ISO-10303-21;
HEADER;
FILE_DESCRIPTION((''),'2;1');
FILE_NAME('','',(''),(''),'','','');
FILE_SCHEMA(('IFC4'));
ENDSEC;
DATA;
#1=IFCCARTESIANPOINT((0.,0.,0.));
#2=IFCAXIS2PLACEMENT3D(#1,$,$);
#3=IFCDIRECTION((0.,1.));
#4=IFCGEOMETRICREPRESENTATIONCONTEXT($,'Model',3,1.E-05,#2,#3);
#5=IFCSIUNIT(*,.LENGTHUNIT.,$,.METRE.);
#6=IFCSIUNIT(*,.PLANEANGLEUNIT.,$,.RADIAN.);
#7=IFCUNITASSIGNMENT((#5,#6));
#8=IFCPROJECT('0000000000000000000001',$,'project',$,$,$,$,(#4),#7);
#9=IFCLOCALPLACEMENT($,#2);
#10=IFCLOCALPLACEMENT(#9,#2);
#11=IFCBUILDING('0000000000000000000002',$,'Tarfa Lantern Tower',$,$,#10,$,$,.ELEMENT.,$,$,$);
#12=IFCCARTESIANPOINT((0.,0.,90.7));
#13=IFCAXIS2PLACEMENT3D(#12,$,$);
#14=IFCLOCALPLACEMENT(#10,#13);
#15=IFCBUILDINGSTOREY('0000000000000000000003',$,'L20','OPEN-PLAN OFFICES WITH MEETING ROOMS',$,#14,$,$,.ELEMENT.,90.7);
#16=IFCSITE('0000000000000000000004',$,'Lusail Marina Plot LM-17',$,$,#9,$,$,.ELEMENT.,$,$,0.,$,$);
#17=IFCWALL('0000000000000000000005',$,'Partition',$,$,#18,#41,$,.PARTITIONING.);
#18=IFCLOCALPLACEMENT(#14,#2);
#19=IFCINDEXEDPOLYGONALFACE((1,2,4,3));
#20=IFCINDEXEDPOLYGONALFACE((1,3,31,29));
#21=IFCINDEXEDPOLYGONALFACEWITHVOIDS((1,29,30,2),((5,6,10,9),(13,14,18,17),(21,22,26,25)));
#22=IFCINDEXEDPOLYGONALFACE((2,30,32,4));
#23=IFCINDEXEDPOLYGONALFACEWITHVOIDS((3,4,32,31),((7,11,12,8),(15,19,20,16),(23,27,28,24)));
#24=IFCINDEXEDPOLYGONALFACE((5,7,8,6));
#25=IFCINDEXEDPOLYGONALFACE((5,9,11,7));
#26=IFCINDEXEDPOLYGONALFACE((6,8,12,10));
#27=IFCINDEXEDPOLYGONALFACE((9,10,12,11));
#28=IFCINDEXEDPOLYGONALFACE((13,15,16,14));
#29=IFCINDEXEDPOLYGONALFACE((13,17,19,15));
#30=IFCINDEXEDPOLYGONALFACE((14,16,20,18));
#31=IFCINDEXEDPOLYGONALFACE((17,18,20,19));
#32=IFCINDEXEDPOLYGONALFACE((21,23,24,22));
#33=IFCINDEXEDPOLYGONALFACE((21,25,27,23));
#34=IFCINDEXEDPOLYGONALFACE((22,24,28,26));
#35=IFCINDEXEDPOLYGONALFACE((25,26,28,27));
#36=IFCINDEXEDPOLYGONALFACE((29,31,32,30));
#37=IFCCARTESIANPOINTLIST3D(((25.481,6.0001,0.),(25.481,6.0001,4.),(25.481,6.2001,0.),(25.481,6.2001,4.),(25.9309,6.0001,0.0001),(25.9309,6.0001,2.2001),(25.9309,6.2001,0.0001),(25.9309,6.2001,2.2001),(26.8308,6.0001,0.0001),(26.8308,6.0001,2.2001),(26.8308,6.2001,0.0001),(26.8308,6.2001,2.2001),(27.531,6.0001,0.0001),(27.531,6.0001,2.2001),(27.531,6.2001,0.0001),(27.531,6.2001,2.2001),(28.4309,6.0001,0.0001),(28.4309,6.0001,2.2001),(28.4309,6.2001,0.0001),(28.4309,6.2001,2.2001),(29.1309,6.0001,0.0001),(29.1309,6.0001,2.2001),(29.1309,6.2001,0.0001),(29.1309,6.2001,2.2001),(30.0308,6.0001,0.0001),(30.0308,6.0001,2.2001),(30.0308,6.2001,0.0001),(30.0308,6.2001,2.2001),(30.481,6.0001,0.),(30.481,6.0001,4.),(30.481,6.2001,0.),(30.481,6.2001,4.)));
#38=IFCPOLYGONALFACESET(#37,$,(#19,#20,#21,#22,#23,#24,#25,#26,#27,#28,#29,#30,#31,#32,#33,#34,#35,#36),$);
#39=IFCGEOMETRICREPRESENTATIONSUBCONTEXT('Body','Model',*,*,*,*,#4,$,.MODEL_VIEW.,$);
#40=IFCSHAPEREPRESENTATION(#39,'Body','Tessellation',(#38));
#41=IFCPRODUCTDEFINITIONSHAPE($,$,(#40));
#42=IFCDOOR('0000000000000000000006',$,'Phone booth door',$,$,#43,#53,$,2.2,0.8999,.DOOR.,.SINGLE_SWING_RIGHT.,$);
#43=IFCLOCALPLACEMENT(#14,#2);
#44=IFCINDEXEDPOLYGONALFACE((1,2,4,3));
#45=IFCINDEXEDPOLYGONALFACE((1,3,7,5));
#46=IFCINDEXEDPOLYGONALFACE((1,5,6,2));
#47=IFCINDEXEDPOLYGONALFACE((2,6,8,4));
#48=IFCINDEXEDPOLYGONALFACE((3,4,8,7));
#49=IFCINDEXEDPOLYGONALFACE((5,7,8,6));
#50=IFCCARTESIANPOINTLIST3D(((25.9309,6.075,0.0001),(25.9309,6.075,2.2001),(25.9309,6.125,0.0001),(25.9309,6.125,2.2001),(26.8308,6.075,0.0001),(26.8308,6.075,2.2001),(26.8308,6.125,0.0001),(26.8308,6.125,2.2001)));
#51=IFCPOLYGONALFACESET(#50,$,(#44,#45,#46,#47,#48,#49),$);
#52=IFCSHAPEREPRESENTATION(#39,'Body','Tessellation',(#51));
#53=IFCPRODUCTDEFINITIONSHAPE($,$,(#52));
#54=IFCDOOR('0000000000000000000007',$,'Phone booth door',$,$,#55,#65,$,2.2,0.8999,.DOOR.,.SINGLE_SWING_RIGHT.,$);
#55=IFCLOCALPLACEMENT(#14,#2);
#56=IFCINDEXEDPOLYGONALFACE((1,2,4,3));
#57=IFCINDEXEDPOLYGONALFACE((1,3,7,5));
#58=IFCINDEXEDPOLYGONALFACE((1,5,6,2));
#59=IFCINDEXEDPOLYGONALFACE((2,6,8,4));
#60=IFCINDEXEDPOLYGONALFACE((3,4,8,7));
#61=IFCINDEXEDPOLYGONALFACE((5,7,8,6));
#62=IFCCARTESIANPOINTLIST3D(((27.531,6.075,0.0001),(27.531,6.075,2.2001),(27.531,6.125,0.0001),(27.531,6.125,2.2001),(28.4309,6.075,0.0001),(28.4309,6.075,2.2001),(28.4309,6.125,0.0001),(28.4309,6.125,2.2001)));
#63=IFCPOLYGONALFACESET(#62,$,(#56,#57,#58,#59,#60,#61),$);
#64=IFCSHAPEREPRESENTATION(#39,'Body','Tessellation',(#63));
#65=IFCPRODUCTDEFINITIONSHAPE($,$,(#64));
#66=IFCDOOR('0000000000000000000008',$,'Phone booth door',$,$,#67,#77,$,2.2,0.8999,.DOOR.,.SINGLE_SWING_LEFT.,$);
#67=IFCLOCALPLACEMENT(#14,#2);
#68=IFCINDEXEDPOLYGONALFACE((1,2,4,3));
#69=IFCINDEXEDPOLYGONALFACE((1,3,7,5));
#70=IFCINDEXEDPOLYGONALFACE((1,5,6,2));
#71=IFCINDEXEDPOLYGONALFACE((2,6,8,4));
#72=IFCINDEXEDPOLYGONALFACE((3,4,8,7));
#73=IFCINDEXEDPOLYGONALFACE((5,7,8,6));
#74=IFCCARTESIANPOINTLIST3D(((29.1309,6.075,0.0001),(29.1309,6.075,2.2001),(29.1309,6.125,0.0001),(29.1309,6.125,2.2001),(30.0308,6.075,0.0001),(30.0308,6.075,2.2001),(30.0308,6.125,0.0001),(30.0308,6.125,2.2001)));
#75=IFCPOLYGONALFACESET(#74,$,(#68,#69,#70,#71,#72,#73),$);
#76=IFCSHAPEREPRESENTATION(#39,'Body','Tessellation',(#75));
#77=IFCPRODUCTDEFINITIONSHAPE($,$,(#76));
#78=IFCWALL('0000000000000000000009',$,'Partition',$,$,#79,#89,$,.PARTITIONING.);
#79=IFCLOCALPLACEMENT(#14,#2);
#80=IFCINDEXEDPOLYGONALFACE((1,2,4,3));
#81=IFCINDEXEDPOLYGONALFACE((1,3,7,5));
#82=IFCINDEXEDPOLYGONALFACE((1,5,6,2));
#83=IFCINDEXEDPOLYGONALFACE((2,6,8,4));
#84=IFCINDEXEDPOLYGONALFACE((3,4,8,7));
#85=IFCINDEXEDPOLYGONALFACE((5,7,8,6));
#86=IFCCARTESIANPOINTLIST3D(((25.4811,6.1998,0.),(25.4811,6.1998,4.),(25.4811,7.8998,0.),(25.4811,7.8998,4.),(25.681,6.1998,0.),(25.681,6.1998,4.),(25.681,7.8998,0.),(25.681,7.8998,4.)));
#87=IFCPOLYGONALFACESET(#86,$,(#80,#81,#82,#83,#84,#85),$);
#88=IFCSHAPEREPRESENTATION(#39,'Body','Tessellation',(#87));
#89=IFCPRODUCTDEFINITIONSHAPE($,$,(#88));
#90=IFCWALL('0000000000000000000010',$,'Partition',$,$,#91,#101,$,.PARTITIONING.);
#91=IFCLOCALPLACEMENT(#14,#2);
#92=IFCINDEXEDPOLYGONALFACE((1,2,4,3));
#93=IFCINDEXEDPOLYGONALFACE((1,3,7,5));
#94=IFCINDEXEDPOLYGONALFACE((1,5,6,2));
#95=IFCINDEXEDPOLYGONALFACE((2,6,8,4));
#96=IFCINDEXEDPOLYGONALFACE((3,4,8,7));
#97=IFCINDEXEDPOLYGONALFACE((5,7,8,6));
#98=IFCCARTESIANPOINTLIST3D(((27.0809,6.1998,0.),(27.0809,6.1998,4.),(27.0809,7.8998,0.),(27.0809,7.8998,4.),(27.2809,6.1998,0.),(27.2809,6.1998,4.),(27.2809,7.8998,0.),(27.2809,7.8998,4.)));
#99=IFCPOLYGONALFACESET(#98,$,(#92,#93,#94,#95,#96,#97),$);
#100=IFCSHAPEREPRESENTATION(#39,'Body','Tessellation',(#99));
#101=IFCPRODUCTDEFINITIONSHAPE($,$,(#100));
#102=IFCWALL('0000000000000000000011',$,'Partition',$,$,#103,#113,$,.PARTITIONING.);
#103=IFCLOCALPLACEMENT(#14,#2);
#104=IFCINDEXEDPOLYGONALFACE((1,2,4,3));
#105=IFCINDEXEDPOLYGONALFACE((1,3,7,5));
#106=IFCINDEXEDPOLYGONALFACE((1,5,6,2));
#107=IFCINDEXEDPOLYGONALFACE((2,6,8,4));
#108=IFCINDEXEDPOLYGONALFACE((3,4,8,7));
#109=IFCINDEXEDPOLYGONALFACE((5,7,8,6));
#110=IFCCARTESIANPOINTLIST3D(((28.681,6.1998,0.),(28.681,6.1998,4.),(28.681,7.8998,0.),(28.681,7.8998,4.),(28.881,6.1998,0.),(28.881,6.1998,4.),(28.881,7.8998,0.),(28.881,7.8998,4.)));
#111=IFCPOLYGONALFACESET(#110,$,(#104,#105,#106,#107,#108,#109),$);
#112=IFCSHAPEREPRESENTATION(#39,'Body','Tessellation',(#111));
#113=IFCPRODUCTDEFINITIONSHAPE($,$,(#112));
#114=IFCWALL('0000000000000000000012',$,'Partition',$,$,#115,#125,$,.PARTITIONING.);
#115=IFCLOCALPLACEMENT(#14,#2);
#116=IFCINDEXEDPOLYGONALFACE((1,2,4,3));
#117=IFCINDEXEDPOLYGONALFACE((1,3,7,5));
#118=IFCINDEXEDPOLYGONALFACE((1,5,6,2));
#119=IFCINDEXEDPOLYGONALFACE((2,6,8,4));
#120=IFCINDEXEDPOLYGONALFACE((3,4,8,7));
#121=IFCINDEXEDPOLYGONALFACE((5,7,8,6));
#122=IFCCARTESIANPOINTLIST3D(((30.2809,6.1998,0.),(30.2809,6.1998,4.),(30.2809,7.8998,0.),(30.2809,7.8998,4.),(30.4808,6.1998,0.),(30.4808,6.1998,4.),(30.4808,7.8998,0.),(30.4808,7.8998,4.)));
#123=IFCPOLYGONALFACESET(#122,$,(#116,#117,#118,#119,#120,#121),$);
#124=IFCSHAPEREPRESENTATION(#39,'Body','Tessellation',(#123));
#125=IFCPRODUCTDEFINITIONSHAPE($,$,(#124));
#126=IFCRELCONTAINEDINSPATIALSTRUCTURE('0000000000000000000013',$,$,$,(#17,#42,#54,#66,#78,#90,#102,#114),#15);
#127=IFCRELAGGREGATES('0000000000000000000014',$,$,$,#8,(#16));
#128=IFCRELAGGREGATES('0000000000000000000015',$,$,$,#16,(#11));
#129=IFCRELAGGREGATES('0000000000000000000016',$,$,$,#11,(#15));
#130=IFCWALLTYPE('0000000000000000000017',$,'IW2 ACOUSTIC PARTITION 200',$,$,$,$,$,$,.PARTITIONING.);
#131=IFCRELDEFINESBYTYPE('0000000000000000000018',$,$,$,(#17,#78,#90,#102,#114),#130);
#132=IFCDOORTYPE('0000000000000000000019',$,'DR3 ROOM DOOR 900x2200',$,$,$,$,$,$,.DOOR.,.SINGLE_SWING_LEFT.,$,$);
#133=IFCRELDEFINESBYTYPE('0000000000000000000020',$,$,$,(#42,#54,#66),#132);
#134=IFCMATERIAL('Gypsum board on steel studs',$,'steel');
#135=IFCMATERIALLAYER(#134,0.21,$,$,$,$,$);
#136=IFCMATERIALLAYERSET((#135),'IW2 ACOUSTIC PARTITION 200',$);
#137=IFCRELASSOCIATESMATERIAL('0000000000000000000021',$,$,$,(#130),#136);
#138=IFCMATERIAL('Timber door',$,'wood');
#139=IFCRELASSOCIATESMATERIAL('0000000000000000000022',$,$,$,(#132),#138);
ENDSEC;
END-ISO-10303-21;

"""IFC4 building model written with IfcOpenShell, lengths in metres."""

from ifc_helpers import new_model, si_unit, direction, frame, frame_2d, origin, place, context, subcontext, project, spatial, rectangle, extrude, material, layer, layer_set, type_object, element, fill, save


model = new_model("IFC4")

# Units and contexts
model_context = context("Model", 3, precision=1e-05, world=origin(), true_north=direction((0.0, 1.0)))
body_context = subcontext(model_context, "Body", "Model", "MODEL_VIEW")
ifc_project = project(units=[si_unit("LENGTHUNIT", "METRE"), si_unit("PLANEANGLEUNIT", "RADIAN")], contexts=[model_context])

# Site, building, storey
site_placement = place(None, origin())
site = spatial("IfcSite", under=ifc_project, at=site_placement, Name="Lusail Marina Plot LM-17", CompositionType="ELEMENT", RefElevation=0.0)
building_placement = place(site_placement, origin())
building = spatial("IfcBuilding", under=site, at=building_placement, Name="Tarfa Lantern Tower", CompositionType="ELEMENT")
storey_placement = place(building_placement, frame((0.0, 0.0, 90.7)))
storey = spatial("IfcBuildingStorey", under=building, at=storey_placement, Name="L20", Description="OPEN-PLAN OFFICES WITH MEETING ROOMS", CompositionType="ELEMENT", Elevation=90.7)

# Wall, openings, doors
ifc_material_1 = material(Name="Gypsum board on steel studs", Category="steel")
ifc_layer_1 = layer(ifc_material_1, 0.21)
ifc_layer_set_1 = layer_set([ifc_layer_1], Name="IW2 ACOUSTIC PARTITION 200")
wall_type = type_object("IfcWallType", Name="IW2 ACOUSTIC PARTITION 200", PredefinedType="PARTITIONING", material=ifc_layer_set_1)
wall_placement = place(storey_placement, frame((25.481, 6.1001, 0.0), z_axis=(0.0, 0.0, 1.0), x_axis=(1.0, 0.0, 0.0)))
wall = element("IfcWall", 1, at=wall_placement, inside=storey, type_object=wall_type, Name="Partition", PredefinedType="PARTITIONING", context=body_context, shape_type="SweptSolid", body=[
    extrude(rectangle(XDim=5.0, YDim=0.2, at=frame_2d((2.5, 0.0))), origin(), (0.0, 0.0, 1.0), 4.0),
])
opening_1_placement = place(wall_placement, frame((0.45, 0.0, 0.0)))
opening_1 = element("IfcOpeningElement", 2, at=opening_1_placement, cuts=wall, PredefinedType="OPENING", context=body_context, shape_type="SweptSolid", body=[
    extrude(rectangle(XDim=0.8999, YDim=2.2, at=frame_2d((0.45, 1.1001))), frame((0.0, 0.1099, 0.0), z_axis=(0.0, -1.0, 0.0), x_axis=(1.0, 0.0, 0.0)), (0.0, 0.0, 1.0), 0.22),
])
opening_2_placement = place(wall_placement, frame((2.05, 0.0, 0.0)))
opening_2 = element("IfcOpeningElement", 3, at=opening_2_placement, cuts=wall, PredefinedType="OPENING", context=body_context, shape_type="SweptSolid", body=[
    extrude(rectangle(XDim=0.8999, YDim=2.2, at=frame_2d((0.45, 1.1001))), frame((0.0, 0.1099, 0.0), z_axis=(0.0, -1.0, 0.0), x_axis=(1.0, 0.0, 0.0)), (0.0, 0.0, 1.0), 0.22),
])
opening_3_placement = place(wall_placement, frame((3.6499, 0.0, 0.0)))
opening_3 = element("IfcOpeningElement", 4, at=opening_3_placement, cuts=wall, PredefinedType="OPENING", context=body_context, shape_type="SweptSolid", body=[
    extrude(rectangle(XDim=0.8999, YDim=2.2, at=frame_2d((0.45, 1.1001))), frame((0.0, 0.1099, 0.0), z_axis=(0.0, -1.0, 0.0), x_axis=(1.0, 0.0, 0.0)), (0.0, 0.0, 1.0), 0.22),
])
ifc_material_2 = material(Name="Timber door", Category="wood")
door_type = type_object("IfcDoorType", Name="DR3 ROOM DOOR 900x2200", OperationType="SINGLE_SWING_LEFT", PredefinedType="DOOR", material=ifc_material_2)
door_1_placement = place(opening_1_placement, origin())
door_1 = element("IfcDoor", 5, at=door_1_placement, inside=storey, type_object=door_type, Name="Phone booth door", OperationType="SINGLE_SWING_RIGHT", OverallHeight=2.2, OverallWidth=0.8999, PredefinedType="DOOR", context=body_context, shape_type="SweptSolid", body=[
    extrude(rectangle(XDim=0.8999, YDim=2.2, at=frame_2d((0.45, 1.1001))), frame((0.0, 0.0249, 0.0), z_axis=(0.0, -1.0, 0.0), x_axis=(1.0, 0.0, 0.0)), (0.0, 0.0, 1.0), 0.05),
])
fill(opening_1, door_1)
door_2_placement = place(opening_2_placement, origin())
door_2 = element("IfcDoor", 6, at=door_2_placement, inside=storey, type_object=door_type, Name="Phone booth door", OperationType="SINGLE_SWING_RIGHT", OverallHeight=2.2, OverallWidth=0.8999, PredefinedType="DOOR", context=body_context, shape_type="SweptSolid", body=[
    extrude(rectangle(XDim=0.8999, YDim=2.2, at=frame_2d((0.45, 1.1001))), frame((0.0, 0.0249, 0.0), z_axis=(0.0, -1.0, 0.0), x_axis=(1.0, 0.0, 0.0)), (0.0, 0.0, 1.0), 0.05),
])
fill(opening_2, door_2)
door_3_placement = place(opening_3_placement, origin())
door_3 = element("IfcDoor", 7, at=door_3_placement, inside=storey, type_object=door_type, Name="Phone booth door", OperationType="SINGLE_SWING_LEFT", OverallHeight=2.2, OverallWidth=0.8999, PredefinedType="DOOR", context=body_context, shape_type="SweptSolid", body=[
    extrude(rectangle(XDim=0.8999, YDim=2.2, at=frame_2d((0.45, 1.1001))), frame((0.0, 0.0249, 0.0), z_axis=(0.0, -1.0, 0.0), x_axis=(1.0, 0.0, 0.0)), (0.0, 0.0, 1.0), 0.05),
])
fill(opening_3, door_3)

# Walls
for number, where, z_axis, x_axis, name in (
    (8, (25.5811, 7.8999, 0.0), (0.0, 0.0, 1.0), (0.0, -1.0, 0.0), "Partition"),
    (9, (27.1809, 7.8999, 0.0), (0.0, 0.0, 1.0), (0.0, -1.0, 0.0), "Partition"),
    (10, (28.781, 7.8999, 0.0), (0.0, 0.0, 1.0), (0.0, -1.0, 0.0), "Partition"),
    (11, (30.3809, 7.8999, 0.0), (0.0, 0.0, 1.0), (0.0, -1.0, 0.0), "Partition"),
):
    element("IfcWall", number, at=place(storey_placement, frame(where, z_axis=z_axis, x_axis=x_axis)), inside=storey, type_object=wall_type, Name=name, PredefinedType="PARTITIONING", context=body_context, shape_type="SweptSolid", body=[
        extrude(rectangle(XDim=1.7, YDim=0.2, at=frame_2d((0.8501, 0.0))), origin(), (0.0, 0.0, 1.0), 4.0),
    ])

save(model, "model.ifc")
